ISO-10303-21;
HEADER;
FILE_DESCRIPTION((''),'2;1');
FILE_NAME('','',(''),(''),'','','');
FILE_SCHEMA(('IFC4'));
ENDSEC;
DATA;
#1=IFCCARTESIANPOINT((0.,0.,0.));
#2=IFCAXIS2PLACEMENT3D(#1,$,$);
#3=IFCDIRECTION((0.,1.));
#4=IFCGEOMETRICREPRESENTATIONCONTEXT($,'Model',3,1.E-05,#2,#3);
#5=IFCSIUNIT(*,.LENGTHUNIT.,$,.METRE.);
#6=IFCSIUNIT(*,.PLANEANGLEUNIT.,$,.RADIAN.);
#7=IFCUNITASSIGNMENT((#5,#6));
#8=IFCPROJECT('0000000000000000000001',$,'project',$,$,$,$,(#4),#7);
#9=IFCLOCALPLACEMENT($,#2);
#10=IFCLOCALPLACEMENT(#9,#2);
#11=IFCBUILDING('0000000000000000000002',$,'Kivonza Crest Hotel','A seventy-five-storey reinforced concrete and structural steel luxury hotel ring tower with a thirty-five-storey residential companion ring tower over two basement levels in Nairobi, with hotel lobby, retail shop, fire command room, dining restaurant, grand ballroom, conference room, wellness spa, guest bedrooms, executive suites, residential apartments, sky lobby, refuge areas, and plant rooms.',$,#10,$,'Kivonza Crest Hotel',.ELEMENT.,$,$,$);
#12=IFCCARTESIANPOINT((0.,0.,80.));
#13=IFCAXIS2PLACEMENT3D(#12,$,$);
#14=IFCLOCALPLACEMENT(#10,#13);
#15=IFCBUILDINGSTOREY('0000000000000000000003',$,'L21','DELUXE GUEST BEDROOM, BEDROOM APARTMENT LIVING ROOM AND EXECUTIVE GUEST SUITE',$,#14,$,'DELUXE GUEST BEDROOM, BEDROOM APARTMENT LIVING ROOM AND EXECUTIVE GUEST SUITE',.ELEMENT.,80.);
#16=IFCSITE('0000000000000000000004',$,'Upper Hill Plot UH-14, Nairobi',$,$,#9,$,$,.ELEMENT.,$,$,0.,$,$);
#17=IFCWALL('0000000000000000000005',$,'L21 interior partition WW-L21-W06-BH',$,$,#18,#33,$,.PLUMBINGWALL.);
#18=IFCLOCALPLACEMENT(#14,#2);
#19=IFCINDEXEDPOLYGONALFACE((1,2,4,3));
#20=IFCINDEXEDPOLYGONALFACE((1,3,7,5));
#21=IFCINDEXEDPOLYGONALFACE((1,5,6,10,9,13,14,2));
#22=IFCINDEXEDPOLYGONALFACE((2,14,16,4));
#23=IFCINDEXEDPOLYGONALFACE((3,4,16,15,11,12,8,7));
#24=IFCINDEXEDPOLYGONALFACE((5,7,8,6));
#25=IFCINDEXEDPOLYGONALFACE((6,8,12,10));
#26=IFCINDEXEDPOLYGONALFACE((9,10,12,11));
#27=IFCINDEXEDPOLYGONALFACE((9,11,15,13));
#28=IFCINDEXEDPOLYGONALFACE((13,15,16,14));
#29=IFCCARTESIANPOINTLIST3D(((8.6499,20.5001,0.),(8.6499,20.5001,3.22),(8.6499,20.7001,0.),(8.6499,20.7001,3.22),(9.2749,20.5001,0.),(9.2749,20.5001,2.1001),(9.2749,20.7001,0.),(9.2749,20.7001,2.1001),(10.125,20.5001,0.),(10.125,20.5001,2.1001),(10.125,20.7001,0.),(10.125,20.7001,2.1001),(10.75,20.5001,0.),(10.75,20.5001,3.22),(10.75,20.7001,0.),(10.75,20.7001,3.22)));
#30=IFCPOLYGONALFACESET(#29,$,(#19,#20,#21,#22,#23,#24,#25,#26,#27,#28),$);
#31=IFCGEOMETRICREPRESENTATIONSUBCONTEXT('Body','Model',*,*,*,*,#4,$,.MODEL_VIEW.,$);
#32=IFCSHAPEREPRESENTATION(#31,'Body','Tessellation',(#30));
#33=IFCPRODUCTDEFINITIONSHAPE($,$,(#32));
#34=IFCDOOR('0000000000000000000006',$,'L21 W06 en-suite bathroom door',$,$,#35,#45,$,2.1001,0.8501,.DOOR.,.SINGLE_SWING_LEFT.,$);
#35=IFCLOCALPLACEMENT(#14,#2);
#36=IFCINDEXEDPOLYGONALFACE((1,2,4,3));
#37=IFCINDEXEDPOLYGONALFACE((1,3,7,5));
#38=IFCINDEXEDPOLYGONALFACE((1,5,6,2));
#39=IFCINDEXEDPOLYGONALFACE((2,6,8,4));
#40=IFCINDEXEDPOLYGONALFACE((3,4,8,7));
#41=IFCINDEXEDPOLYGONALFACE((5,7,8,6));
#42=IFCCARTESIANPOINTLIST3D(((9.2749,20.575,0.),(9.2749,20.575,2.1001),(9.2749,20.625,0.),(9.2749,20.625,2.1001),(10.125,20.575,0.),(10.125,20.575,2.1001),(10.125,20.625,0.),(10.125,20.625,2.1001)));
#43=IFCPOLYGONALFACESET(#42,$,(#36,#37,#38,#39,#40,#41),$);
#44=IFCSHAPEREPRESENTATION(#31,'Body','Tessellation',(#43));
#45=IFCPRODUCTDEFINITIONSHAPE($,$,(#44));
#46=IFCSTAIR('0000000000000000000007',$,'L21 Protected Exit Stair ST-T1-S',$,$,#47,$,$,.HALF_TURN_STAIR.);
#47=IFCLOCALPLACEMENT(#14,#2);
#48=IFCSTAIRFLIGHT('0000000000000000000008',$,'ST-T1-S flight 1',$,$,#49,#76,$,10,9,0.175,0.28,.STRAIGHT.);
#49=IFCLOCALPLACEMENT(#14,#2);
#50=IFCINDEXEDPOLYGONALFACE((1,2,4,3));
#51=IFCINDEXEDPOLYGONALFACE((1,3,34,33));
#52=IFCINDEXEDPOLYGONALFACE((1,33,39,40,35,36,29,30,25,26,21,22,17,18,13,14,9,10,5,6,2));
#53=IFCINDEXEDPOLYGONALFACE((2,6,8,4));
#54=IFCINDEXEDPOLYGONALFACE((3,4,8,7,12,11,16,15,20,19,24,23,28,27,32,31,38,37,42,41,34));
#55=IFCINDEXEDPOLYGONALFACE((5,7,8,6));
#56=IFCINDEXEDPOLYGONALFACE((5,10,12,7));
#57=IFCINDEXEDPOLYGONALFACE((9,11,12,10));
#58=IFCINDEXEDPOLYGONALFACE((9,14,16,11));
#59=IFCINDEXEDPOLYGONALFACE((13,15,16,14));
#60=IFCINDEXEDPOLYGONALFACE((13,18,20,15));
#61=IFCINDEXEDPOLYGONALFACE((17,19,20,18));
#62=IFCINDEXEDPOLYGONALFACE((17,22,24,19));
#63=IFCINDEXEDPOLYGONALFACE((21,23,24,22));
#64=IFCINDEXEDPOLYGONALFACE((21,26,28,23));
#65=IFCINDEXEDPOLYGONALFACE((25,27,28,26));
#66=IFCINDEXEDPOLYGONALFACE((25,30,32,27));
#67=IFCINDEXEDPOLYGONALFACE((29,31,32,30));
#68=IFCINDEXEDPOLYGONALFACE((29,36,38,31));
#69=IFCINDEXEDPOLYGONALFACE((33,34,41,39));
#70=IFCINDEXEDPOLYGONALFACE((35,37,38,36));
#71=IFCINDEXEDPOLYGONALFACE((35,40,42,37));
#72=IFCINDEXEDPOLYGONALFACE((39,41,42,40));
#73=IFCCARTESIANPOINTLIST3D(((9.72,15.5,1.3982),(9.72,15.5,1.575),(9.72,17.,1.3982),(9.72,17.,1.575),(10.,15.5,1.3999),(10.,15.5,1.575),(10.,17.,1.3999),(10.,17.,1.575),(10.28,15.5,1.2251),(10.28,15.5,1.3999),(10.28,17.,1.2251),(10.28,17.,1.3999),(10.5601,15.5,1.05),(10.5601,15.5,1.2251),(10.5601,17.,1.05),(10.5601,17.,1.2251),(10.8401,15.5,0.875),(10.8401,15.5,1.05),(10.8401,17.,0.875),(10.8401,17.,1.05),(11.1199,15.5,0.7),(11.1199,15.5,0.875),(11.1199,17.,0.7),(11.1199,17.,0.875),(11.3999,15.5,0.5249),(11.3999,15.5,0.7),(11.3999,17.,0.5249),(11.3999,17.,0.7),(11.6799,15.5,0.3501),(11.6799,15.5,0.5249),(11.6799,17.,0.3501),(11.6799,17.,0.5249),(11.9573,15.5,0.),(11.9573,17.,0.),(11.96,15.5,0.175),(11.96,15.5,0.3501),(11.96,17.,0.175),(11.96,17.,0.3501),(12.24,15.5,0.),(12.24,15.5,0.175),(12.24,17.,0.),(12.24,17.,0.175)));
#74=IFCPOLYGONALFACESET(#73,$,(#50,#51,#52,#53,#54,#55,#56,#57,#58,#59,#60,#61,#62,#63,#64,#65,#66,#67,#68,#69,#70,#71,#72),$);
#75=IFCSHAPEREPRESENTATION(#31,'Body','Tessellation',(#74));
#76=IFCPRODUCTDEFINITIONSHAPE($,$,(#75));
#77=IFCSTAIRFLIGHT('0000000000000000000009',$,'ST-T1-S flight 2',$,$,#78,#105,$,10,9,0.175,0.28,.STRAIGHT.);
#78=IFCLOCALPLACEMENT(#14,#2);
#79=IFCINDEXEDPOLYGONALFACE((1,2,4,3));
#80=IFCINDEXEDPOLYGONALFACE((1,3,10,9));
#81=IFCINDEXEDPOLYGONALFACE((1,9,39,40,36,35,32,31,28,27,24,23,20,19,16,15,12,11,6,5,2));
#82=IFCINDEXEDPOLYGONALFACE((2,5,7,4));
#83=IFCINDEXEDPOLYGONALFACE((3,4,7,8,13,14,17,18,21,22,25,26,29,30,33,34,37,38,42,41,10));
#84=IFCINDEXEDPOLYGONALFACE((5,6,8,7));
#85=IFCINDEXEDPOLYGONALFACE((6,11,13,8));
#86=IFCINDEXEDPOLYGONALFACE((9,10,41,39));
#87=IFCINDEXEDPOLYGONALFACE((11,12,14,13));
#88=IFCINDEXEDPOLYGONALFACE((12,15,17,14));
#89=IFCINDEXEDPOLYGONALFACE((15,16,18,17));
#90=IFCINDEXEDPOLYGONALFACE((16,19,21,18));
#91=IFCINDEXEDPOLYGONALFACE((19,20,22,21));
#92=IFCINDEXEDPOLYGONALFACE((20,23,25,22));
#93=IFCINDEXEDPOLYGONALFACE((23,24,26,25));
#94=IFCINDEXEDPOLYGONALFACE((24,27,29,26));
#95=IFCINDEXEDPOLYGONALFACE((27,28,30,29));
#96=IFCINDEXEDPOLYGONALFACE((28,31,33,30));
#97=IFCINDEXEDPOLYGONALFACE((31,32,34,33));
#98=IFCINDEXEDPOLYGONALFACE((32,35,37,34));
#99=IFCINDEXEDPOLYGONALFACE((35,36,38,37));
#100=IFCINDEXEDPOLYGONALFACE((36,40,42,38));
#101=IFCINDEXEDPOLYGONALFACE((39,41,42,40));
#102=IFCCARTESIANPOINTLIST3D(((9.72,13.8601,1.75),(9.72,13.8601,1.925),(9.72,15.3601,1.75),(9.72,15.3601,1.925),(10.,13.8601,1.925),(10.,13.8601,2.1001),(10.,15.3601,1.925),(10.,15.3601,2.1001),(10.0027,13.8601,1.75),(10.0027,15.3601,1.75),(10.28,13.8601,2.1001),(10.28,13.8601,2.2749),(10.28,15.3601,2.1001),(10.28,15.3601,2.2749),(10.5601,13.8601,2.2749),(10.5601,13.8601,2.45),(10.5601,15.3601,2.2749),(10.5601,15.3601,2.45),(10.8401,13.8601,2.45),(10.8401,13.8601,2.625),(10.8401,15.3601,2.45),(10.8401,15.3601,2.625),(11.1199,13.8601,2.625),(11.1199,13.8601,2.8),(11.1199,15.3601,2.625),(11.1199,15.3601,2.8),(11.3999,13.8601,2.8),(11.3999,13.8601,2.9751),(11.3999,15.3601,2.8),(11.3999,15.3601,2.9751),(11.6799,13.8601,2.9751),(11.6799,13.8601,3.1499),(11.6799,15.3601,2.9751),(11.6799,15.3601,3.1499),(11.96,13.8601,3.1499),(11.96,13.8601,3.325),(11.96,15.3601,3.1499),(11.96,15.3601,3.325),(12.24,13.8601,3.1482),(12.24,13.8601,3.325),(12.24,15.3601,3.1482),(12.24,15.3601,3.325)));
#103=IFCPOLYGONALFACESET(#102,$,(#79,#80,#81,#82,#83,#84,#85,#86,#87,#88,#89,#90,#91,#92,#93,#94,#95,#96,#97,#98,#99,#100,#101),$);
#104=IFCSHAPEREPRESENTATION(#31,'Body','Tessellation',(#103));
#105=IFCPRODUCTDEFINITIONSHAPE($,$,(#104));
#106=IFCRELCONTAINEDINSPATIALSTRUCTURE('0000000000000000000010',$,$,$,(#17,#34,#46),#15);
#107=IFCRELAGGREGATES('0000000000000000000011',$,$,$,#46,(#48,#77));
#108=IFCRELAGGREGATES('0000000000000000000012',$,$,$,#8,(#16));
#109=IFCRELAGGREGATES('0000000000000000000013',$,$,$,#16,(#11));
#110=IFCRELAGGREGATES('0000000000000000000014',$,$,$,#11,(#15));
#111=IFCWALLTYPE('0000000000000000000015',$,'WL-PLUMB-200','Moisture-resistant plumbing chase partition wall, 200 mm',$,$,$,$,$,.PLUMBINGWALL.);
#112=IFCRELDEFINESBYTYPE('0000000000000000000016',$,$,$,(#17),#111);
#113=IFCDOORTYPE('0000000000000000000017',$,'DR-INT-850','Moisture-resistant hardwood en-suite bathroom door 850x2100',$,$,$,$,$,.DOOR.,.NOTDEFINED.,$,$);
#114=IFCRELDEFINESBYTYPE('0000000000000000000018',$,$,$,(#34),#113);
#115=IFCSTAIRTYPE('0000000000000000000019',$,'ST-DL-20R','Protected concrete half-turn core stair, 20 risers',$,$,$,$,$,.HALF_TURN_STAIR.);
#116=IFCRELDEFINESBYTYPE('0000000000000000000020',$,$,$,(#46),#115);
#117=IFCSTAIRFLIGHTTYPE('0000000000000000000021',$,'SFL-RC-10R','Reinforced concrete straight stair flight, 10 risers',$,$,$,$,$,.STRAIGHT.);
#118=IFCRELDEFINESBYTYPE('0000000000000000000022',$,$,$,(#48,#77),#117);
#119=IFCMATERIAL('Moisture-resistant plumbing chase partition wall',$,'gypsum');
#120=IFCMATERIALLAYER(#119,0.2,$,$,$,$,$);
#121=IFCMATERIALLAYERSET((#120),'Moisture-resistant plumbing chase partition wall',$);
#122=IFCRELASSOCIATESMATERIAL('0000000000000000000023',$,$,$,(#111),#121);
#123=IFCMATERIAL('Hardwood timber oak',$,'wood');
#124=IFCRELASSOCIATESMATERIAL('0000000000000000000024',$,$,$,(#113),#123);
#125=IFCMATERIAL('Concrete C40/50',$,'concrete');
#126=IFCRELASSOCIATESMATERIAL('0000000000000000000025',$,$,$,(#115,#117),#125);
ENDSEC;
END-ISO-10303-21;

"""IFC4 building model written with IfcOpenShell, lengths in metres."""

from ifc_helpers import new_model, si_unit, direction, frame, frame_2d, origin, place, context, subcontext, project, spatial, polyline, rectangle, outline, extrude, material, layer, layer_set, type_object, element, fill, aggregate, save


model = new_model("IFC4")

# Units and contexts
model_context = context("Model", 3, precision=1e-05, world=origin(), true_north=direction((0.0, 1.0)))
body_context = subcontext(model_context, "Body", "Model", "MODEL_VIEW")
ifc_project = project(units=[si_unit("LENGTHUNIT", "METRE"), si_unit("PLANEANGLEUNIT", "RADIAN")], contexts=[model_context])

# Site, building, storey
site_placement = place(None, origin())
site = spatial("IfcSite", under=ifc_project, at=site_placement, Name="Upper Hill Plot UH-14, Nairobi", CompositionType="ELEMENT", RefElevation=0.0)
building_placement = place(site_placement, origin())
building = spatial("IfcBuilding", under=site, at=building_placement, Name="Kivonza Crest Hotel", Description="A seventy-five-storey reinforced concrete and structural steel luxury hotel ring tower with a thirty-five-storey residential companion ring tower over two basement levels in Nairobi, with hotel lobby, retail shop, fire command room, dining restaurant, grand ballroom, conference room, wellness spa, guest bedrooms, executive suites, residential apartments, sky lobby, refuge areas, and plant rooms.", LongName="Kivonza Crest Hotel", CompositionType="ELEMENT")
storey_placement = place(building_placement, frame((0.0, 0.0, 80.0)))
storey = spatial("IfcBuildingStorey", under=building, at=storey_placement, Name="L21", Description="DELUXE GUEST BEDROOM, BEDROOM APARTMENT LIVING ROOM AND EXECUTIVE GUEST SUITE", LongName="DELUXE GUEST BEDROOM, BEDROOM APARTMENT LIVING ROOM AND EXECUTIVE GUEST SUITE", CompositionType="ELEMENT", Elevation=80.0)

# Shared definitions
ifc_material_1 = material(Name="Hardwood timber oak", Category="wood")

# Wall, opening, door
ifc_material_2 = material(Name="Moisture-resistant plumbing chase partition wall", Category="gypsum")
ifc_layer_1 = layer(ifc_material_2, 0.2)
ifc_layer_set_1 = layer_set([ifc_layer_1], Name="Moisture-resistant plumbing chase partition wall")
wall_type_1 = type_object("IfcWallType", Name="WL-PLUMB-200", Description="Moisture-resistant plumbing chase partition wall, 200 mm", PredefinedType="PLUMBINGWALL", material=ifc_layer_set_1)
wall_1_placement = place(storey_placement, frame((8.6499, 20.6001, 0.0), z_axis=(0.0, 0.0, 1.0), x_axis=(1.0, 0.0, 0.0)))
wall_1 = element("IfcWall", 1, at=wall_1_placement, inside=storey, type_object=wall_type_1, Name="L21 interior partition WW-L21-W06-BH", PredefinedType="PLUMBINGWALL", context=body_context, shape_type="SweptSolid", body=[
    extrude(rectangle(XDim=2.1001, YDim=0.2, at=frame_2d((1.05, 0.0))), origin(), (0.0, 0.0, 1.0), 3.22),
])
opening_1_placement = place(wall_1_placement, frame((0.625, 0.0, 0.0)))
opening_1 = element("IfcOpeningElement", 2, at=opening_1_placement, cuts=wall_1, PredefinedType="OPENING", context=body_context, shape_type="SweptSolid", body=[
    extrude(rectangle(XDim=0.8501, YDim=2.1001, at=frame_2d((0.425, 1.05))), frame((0.0, 0.1099, 0.0), z_axis=(0.0, -1.0, 0.0), x_axis=(1.0, 0.0, 0.0)), (0.0, 0.0, 1.0), 0.22),
])
door_type_1 = type_object("IfcDoorType", Name="DR-INT-850", Description="Moisture-resistant hardwood en-suite bathroom door 850x2100", OperationType="NOTDEFINED", PredefinedType="DOOR", material=ifc_material_1)
door_1_placement = place(opening_1_placement, origin())
door_1 = element("IfcDoor", 3, at=door_1_placement, inside=storey, type_object=door_type_1, Name="L21 W06 en-suite bathroom door", OperationType="SINGLE_SWING_LEFT", OverallHeight=2.1001, OverallWidth=0.8501, PredefinedType="DOOR", context=body_context, shape_type="SweptSolid", body=[
    extrude(rectangle(XDim=0.8501, YDim=2.1001, at=frame_2d((0.425, 1.05))), frame((0.0, 0.0249, 0.0), z_axis=(0.0, -1.0, 0.0), x_axis=(1.0, 0.0, 0.0)), (0.0, 0.0, 1.0), 0.05),
])
fill(opening_1, door_1)

# Stair, stair flights
ifc_material_3 = material(Name="Concrete C40/50", Category="concrete")
stair_type = type_object("IfcStairType", Name="ST-DL-20R", Description="Protected concrete half-turn core stair, 20 risers", PredefinedType="HALF_TURN_STAIR", material=ifc_material_3)
stair_placement = place(storey_placement, origin())
stair = element("IfcStair", 4, at=stair_placement, inside=storey, type_object=stair_type, Name="L21 Protected Exit Stair ST-T1-S", PredefinedType="HALF_TURN_STAIR")
stair_flight_type = type_object("IfcStairFlightType", Name="SFL-RC-10R", Description="Reinforced concrete straight stair flight, 10 risers", PredefinedType="STRAIGHT", material=ifc_material_3)
stair_flight_1_placement = place(storey_placement, frame((12.24, 16.25, 0.0), z_axis=(0.0, 0.0, 1.0), x_axis=(-1.0, 0.0, 0.0)))
stair_flight_1 = element("IfcStairFlight", 5, at=stair_flight_1_placement, type_object=stair_flight_type, Name="ST-T1-S flight 1", NumberOfRisers=10, NumberOfTreads=9, PredefinedType="STRAIGHT", RiserHeight=0.175, TreadLength=0.28, context=body_context, shape_type="SweptSolid", body=[
    extrude(outline(polyline([(0.0, 0.0), (0.0, 0.175), (0.28, 0.175), (0.28, 0.3501), (0.5601, 0.3501), (0.5601, 0.5249), (0.8401, 0.5249), (0.8401, 0.7), (1.1201, 0.7), (1.1201, 0.875), (1.3999, 0.875), (1.3999, 1.05), (1.6799, 1.05), (1.6799, 1.2251), (1.96, 1.2251), (1.96, 1.3999), (2.24, 1.3999), (2.24, 1.575), (2.52, 1.575), (2.52, 1.75), (2.52, 1.3982), (0.2827, 0.0), (0.0, 0.0)])), frame((0.0, 0.75, 0.0), z_axis=(0.0, -1.0, 0.0), x_axis=(1.0, 0.0, 0.0)), (0.0, 0.0, 1.0), 1.5),
])
stair_flight_2_placement = place(storey_placement, frame((9.72, 14.6101, 1.75), z_axis=(0.0, 0.0, 1.0), x_axis=(1.0, 0.0, 0.0)))
stair_flight_2 = element("IfcStairFlight", 6, at=stair_flight_2_placement, type_object=stair_flight_type, Name="ST-T1-S flight 2", NumberOfRisers=10, NumberOfTreads=9, PredefinedType="STRAIGHT", RiserHeight=0.175, TreadLength=0.28, context=body_context, shape_type="SweptSolid", body=[
    extrude(outline(polyline([(0.0, 0.0), (0.0, 0.175), (0.28, 0.175), (0.28, 0.3501), (0.5601, 0.3501), (0.5601, 0.5249), (0.8401, 0.5249), (0.8401, 0.7), (1.1201, 0.7), (1.1201, 0.875), (1.3999, 0.875), (1.3999, 1.05), (1.6799, 1.05), (1.6799, 1.2251), (1.96, 1.2251), (1.96, 1.3999), (2.24, 1.3999), (2.24, 1.575), (2.52, 1.575), (2.52, 1.75), (2.52, 1.3982), (0.2827, 0.0), (0.0, 0.0)])), frame((0.0, 0.75, 0.0), z_axis=(0.0, -1.0, 0.0), x_axis=(1.0, 0.0, 0.0)), (0.0, 0.0, 1.0), 1.5),
])
aggregate(stair, [stair_flight_1, stair_flight_2])

save(model, "model.ifc")
